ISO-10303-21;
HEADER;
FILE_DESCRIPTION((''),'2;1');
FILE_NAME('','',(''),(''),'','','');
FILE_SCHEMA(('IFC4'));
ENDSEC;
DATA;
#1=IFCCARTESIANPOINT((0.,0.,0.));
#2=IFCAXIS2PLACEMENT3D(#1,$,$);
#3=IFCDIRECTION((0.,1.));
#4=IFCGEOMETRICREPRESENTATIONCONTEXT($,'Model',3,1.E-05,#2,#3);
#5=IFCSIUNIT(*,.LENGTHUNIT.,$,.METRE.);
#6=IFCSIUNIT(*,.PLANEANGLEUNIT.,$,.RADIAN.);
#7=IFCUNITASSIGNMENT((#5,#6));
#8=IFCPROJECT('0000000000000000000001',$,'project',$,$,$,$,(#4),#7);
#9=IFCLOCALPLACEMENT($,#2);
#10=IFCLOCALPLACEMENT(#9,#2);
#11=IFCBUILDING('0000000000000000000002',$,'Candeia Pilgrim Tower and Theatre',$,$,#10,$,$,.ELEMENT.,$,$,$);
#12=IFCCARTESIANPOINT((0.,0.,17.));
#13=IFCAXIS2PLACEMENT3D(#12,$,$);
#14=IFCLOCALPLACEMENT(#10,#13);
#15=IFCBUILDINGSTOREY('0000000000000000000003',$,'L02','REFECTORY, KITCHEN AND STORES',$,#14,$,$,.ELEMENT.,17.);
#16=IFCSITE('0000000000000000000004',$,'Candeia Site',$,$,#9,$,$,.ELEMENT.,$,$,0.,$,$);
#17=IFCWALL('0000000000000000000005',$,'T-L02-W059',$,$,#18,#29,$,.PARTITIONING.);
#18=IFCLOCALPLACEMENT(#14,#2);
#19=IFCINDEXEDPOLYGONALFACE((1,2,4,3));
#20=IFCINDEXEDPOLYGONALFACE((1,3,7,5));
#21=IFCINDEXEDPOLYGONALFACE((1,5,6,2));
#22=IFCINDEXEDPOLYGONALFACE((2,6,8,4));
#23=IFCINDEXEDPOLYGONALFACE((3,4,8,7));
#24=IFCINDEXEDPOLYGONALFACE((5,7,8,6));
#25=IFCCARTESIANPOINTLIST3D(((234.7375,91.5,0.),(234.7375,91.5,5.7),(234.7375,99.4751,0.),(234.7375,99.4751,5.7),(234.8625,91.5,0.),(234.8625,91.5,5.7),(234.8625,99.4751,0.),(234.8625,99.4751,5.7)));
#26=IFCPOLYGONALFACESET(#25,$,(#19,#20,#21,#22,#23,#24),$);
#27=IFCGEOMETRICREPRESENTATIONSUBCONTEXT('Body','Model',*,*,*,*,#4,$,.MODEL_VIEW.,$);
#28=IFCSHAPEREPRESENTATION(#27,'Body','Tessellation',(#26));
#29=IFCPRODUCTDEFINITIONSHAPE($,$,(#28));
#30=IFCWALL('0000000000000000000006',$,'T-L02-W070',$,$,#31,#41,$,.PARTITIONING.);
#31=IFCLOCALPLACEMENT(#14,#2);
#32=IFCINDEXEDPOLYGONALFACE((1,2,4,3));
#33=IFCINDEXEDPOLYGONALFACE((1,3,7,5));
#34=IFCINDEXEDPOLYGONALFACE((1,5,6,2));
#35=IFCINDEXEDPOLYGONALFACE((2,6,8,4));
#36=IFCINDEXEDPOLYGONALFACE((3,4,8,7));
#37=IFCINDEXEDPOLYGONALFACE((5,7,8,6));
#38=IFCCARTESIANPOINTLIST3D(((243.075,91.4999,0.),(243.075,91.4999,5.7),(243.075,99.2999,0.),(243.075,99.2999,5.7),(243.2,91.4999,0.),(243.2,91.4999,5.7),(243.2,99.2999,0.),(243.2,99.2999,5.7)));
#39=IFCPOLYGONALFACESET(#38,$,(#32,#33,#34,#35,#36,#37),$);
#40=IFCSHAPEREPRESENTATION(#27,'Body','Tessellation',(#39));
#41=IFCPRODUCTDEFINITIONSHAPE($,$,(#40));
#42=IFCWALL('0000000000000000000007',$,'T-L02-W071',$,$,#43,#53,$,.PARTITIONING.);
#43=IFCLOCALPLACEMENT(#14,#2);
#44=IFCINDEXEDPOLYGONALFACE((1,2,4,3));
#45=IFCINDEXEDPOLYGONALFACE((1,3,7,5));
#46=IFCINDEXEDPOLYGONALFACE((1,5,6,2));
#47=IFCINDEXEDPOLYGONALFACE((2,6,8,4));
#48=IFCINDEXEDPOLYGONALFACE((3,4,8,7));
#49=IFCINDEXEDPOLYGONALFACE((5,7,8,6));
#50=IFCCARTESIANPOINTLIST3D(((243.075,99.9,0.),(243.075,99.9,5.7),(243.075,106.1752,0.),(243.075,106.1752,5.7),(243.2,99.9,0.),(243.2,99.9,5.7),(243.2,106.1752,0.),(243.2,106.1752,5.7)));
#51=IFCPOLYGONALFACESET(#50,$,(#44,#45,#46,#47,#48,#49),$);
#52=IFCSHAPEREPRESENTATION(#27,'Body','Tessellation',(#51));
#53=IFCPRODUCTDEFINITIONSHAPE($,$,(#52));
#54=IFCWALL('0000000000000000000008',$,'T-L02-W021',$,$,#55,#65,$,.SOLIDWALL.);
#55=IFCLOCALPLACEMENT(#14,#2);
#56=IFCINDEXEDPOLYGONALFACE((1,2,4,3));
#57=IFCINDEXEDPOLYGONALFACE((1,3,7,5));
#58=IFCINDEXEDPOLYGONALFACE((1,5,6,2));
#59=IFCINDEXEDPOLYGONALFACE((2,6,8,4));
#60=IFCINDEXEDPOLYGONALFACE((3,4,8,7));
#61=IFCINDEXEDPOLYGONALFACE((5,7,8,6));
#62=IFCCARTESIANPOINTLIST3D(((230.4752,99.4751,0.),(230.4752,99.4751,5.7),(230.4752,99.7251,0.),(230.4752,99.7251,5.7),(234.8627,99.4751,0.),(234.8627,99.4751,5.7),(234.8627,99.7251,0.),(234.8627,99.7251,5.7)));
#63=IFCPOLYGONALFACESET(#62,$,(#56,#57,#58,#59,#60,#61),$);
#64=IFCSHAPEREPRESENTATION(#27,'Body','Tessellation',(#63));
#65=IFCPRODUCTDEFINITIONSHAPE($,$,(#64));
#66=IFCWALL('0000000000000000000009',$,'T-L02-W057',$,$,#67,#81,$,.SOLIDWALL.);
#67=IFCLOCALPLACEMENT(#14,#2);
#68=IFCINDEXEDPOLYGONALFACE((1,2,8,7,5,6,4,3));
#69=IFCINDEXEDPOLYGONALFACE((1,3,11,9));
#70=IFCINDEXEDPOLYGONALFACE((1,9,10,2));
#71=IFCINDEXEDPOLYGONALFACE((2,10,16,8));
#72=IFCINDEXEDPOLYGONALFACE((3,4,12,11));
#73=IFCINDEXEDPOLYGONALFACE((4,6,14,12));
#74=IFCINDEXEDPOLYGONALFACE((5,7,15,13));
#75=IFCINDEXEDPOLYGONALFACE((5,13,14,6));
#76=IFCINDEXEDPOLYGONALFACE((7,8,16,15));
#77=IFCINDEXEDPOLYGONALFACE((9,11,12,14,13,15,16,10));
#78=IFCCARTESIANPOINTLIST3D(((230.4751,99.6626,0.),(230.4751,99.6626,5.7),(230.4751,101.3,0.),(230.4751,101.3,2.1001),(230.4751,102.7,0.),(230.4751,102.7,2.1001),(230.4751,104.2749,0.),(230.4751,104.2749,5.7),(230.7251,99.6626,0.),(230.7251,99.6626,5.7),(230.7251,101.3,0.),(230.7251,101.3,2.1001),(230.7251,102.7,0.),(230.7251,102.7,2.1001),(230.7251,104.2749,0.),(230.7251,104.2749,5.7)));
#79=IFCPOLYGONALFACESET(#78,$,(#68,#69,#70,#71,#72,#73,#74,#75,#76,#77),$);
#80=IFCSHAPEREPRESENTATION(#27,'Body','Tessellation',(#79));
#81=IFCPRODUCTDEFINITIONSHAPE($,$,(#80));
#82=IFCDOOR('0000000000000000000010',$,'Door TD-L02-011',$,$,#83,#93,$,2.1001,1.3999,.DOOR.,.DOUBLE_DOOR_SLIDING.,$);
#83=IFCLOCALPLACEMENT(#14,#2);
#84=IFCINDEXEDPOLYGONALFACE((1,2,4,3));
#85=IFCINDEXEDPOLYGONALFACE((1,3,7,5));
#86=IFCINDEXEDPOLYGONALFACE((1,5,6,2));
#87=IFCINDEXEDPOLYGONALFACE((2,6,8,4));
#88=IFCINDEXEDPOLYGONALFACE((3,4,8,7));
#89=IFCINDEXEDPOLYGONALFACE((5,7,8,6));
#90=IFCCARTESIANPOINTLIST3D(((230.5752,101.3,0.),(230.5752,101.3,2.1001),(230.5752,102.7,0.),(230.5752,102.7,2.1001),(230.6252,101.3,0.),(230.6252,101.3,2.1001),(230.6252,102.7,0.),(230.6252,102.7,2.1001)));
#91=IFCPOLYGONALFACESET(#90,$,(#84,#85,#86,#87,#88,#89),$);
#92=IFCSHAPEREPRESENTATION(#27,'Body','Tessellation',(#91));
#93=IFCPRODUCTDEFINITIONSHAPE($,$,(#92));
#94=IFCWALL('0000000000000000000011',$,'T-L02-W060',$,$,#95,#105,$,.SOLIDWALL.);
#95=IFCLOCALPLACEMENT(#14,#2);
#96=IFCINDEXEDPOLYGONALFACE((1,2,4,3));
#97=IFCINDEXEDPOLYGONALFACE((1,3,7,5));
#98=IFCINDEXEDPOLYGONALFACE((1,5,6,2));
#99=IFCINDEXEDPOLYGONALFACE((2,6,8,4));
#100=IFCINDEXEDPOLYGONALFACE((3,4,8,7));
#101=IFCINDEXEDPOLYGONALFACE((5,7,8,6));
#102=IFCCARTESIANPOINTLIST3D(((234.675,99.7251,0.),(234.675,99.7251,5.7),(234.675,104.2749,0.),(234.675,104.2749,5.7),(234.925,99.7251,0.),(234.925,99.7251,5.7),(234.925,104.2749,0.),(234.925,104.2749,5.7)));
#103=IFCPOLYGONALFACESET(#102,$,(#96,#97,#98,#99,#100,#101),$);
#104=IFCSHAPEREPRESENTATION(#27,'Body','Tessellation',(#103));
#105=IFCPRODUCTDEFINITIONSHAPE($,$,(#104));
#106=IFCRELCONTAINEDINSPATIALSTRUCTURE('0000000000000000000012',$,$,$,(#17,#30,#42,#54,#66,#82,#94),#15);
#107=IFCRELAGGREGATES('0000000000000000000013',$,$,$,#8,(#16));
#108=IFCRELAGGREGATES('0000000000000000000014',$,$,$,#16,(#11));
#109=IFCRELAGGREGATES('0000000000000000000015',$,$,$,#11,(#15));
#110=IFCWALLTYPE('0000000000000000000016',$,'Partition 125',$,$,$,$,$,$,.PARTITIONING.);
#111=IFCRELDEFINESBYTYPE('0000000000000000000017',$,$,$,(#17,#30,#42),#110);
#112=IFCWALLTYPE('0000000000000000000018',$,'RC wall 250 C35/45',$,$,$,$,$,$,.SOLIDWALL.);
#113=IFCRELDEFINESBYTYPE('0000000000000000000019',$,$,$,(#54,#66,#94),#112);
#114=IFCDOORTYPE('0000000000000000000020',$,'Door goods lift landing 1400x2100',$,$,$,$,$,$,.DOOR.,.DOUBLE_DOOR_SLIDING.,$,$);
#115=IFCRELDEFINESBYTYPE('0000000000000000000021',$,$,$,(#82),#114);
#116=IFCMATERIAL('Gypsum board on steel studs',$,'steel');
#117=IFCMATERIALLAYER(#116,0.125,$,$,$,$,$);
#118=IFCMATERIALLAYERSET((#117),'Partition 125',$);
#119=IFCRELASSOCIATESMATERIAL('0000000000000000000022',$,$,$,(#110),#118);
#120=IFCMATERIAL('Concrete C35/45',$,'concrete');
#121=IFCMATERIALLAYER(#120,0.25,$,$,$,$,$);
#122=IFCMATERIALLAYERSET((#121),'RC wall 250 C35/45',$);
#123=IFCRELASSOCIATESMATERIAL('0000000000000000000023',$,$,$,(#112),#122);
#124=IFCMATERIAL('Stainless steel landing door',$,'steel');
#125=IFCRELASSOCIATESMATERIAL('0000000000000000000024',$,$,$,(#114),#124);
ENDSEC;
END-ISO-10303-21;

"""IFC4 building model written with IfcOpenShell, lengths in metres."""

from ifc_helpers import new_model, si_unit, direction, frame, frame_2d, origin, place, context, subcontext, project, spatial, rectangle, extrude, material, layer, layer_set, type_object, element, fill, save


model = new_model("IFC4")

# Units and contexts
model_context = context("Model", 3, precision=1e-05, world=origin(), true_north=direction((0.0, 1.0)))
body_context = subcontext(model_context, "Body", "Model", "MODEL_VIEW")
ifc_project = project(units=[si_unit("LENGTHUNIT", "METRE"), si_unit("PLANEANGLEUNIT", "RADIAN")], contexts=[model_context])

# Site, building, storey
site_placement = place(None, origin())
site = spatial("IfcSite", under=ifc_project, at=site_placement, Name="Candeia Site", CompositionType="ELEMENT", RefElevation=0.0)
building_placement = place(site_placement, origin())
building = spatial("IfcBuilding", under=site, at=building_placement, Name="Candeia Pilgrim Tower and Theatre", CompositionType="ELEMENT")
storey_placement = place(building_placement, frame((0.0, 0.0, 17.0)))
storey = spatial("IfcBuildingStorey", under=building, at=storey_placement, Name="L02", Description="REFECTORY, KITCHEN AND STORES", CompositionType="ELEMENT", Elevation=17.0)

# Shared definitions
ifc_material_1 = material(Name="Gypsum board on steel studs", Category="steel")
ifc_layer_1 = layer(ifc_material_1, 0.125)
ifc_layer_set_1 = layer_set([ifc_layer_1], Name="Partition 125")
wall_type_1 = type_object("IfcWallType", Name="Partition 125", PredefinedType="PARTITIONING", material=ifc_layer_set_1)

# Walls
wall_1_placement = place(storey_placement, frame((234.8, 91.5, 0.0), z_axis=(0.0, 0.0, 1.0), x_axis=(0.0, 1.0, 0.0)))
element("IfcWall", 1, at=wall_1_placement, inside=storey, type_object=wall_type_1, Name="T-L02-W059", PredefinedType="PARTITIONING", context=body_context, shape_type="SweptSolid", body=[
    extrude(rectangle(XDim=7.9751, YDim=0.125, at=frame_2d((3.9875, 0.0))), origin(), (0.0, 0.0, 1.0), 5.7),
])
wall_2_placement = place(storey_placement, frame((243.1375, 91.5, 0.0), z_axis=(0.0, 0.0, 1.0), x_axis=(0.0, 1.0, 0.0)))
element("IfcWall", 2, at=wall_2_placement, inside=storey, type_object=wall_type_1, Name="T-L02-W070", PredefinedType="PARTITIONING", context=body_context, shape_type="SweptSolid", body=[
    extrude(rectangle(XDim=7.8, YDim=0.125, at=frame_2d((3.8999, 0.0))), origin(), (0.0, 0.0, 1.0), 5.7),
])
wall_3_placement = place(storey_placement, frame((243.1375, 99.8999, 0.0), z_axis=(0.0, 0.0, 1.0), x_axis=(0.0, 1.0, 0.0)))
element("IfcWall", 3, at=wall_3_placement, inside=storey, type_object=wall_type_1, Name="T-L02-W071", PredefinedType="PARTITIONING", context=body_context, shape_type="SweptSolid", body=[
    extrude(rectangle(XDim=6.2751, YDim=0.125, at=frame_2d((3.1377, 0.0))), origin(), (0.0, 0.0, 1.0), 5.7),
])
ifc_material_2 = material(Name="Concrete C35/45", Category="concrete")
ifc_layer_2 = layer(ifc_material_2, 0.25)
ifc_layer_set_2 = layer_set([ifc_layer_2], Name="RC wall 250 C35/45")
wall_type_2 = type_object("IfcWallType", Name="RC wall 250 C35/45", PredefinedType="SOLIDWALL", material=ifc_layer_set_2)
wall_4_placement = place(storey_placement, frame((230.4751, 99.6001, 0.0), z_axis=(0.0, 0.0, 1.0), x_axis=(1.0, 0.0, 0.0)))
element("IfcWall", 4, at=wall_4_placement, inside=storey, type_object=wall_type_2, Name="T-L02-W021", PredefinedType="SOLIDWALL", context=body_context, shape_type="SweptSolid", body=[
    extrude(rectangle(XDim=4.3875, YDim=0.25, at=frame_2d((2.1938, 0.0))), origin(), (0.0, 0.0, 1.0), 5.7),
])

# Wall, opening, door
wall_5_placement = place(storey_placement, frame((230.6001, 99.6626, 0.0), z_axis=(0.0, 0.0, 1.0), x_axis=(0.0, 1.0, 0.0)))
wall_5 = element("IfcWall", 5, at=wall_5_placement, inside=storey, type_object=wall_type_2, Name="T-L02-W057", PredefinedType="SOLIDWALL", context=body_context, shape_type="SweptSolid", body=[
    extrude(rectangle(XDim=4.6123, YDim=0.25, at=frame_2d((2.3062, 0.0))), origin(), (0.0, 0.0, 1.0), 5.7),
])
opening_1_placement = place(wall_5_placement, frame((1.6375, 0.0, 0.0)))
opening_1 = element("IfcOpeningElement", 6, at=opening_1_placement, cuts=wall_5, PredefinedType="OPENING", context=body_context, shape_type="SweptSolid", body=[
    extrude(rectangle(XDim=1.3999, YDim=2.1001, at=frame_2d((0.7, 1.05))), frame((0.0, 0.135, 0.0), z_axis=(0.0, -1.0, 0.0), x_axis=(1.0, 0.0, 0.0)), (0.0, 0.0, 1.0), 0.27),
])
ifc_material_3 = material(Name="Stainless steel landing door", Category="steel")
door_type_1 = type_object("IfcDoorType", Name="Door goods lift landing 1400x2100", OperationType="DOUBLE_DOOR_SLIDING", PredefinedType="DOOR", material=ifc_material_3)
door_1_placement = place(opening_1_placement, origin())
door_1 = element("IfcDoor", 7, at=door_1_placement, inside=storey, type_object=door_type_1, Name="Door TD-L02-011", OperationType="DOUBLE_DOOR_SLIDING", OverallHeight=2.1001, OverallWidth=1.3999, PredefinedType="DOOR", context=body_context, shape_type="SweptSolid", body=[
    extrude(rectangle(XDim=1.3999, YDim=2.1001, at=frame_2d((0.7, 1.05))), frame((0.0, 0.0249, 0.0), z_axis=(0.0, -1.0, 0.0), x_axis=(1.0, 0.0, 0.0)), (0.0, 0.0, 1.0), 0.05),
])
fill(opening_1, door_1)

# Wall
wall_6_placement = place(storey_placement, frame((234.8, 99.7251, 0.0), z_axis=(0.0, 0.0, 1.0), x_axis=(0.0, 1.0, 0.0)))
element("IfcWall", 8, at=wall_6_placement, inside=storey, type_object=wall_type_2, Name="T-L02-W060", PredefinedType="SOLIDWALL", context=body_context, shape_type="SweptSolid", body=[
    extrude(rectangle(XDim=4.5498, YDim=0.25, at=frame_2d((2.2749, 0.0))), origin(), (0.0, 0.0, 1.0), 5.7),
])

save(model, "model.ifc")
